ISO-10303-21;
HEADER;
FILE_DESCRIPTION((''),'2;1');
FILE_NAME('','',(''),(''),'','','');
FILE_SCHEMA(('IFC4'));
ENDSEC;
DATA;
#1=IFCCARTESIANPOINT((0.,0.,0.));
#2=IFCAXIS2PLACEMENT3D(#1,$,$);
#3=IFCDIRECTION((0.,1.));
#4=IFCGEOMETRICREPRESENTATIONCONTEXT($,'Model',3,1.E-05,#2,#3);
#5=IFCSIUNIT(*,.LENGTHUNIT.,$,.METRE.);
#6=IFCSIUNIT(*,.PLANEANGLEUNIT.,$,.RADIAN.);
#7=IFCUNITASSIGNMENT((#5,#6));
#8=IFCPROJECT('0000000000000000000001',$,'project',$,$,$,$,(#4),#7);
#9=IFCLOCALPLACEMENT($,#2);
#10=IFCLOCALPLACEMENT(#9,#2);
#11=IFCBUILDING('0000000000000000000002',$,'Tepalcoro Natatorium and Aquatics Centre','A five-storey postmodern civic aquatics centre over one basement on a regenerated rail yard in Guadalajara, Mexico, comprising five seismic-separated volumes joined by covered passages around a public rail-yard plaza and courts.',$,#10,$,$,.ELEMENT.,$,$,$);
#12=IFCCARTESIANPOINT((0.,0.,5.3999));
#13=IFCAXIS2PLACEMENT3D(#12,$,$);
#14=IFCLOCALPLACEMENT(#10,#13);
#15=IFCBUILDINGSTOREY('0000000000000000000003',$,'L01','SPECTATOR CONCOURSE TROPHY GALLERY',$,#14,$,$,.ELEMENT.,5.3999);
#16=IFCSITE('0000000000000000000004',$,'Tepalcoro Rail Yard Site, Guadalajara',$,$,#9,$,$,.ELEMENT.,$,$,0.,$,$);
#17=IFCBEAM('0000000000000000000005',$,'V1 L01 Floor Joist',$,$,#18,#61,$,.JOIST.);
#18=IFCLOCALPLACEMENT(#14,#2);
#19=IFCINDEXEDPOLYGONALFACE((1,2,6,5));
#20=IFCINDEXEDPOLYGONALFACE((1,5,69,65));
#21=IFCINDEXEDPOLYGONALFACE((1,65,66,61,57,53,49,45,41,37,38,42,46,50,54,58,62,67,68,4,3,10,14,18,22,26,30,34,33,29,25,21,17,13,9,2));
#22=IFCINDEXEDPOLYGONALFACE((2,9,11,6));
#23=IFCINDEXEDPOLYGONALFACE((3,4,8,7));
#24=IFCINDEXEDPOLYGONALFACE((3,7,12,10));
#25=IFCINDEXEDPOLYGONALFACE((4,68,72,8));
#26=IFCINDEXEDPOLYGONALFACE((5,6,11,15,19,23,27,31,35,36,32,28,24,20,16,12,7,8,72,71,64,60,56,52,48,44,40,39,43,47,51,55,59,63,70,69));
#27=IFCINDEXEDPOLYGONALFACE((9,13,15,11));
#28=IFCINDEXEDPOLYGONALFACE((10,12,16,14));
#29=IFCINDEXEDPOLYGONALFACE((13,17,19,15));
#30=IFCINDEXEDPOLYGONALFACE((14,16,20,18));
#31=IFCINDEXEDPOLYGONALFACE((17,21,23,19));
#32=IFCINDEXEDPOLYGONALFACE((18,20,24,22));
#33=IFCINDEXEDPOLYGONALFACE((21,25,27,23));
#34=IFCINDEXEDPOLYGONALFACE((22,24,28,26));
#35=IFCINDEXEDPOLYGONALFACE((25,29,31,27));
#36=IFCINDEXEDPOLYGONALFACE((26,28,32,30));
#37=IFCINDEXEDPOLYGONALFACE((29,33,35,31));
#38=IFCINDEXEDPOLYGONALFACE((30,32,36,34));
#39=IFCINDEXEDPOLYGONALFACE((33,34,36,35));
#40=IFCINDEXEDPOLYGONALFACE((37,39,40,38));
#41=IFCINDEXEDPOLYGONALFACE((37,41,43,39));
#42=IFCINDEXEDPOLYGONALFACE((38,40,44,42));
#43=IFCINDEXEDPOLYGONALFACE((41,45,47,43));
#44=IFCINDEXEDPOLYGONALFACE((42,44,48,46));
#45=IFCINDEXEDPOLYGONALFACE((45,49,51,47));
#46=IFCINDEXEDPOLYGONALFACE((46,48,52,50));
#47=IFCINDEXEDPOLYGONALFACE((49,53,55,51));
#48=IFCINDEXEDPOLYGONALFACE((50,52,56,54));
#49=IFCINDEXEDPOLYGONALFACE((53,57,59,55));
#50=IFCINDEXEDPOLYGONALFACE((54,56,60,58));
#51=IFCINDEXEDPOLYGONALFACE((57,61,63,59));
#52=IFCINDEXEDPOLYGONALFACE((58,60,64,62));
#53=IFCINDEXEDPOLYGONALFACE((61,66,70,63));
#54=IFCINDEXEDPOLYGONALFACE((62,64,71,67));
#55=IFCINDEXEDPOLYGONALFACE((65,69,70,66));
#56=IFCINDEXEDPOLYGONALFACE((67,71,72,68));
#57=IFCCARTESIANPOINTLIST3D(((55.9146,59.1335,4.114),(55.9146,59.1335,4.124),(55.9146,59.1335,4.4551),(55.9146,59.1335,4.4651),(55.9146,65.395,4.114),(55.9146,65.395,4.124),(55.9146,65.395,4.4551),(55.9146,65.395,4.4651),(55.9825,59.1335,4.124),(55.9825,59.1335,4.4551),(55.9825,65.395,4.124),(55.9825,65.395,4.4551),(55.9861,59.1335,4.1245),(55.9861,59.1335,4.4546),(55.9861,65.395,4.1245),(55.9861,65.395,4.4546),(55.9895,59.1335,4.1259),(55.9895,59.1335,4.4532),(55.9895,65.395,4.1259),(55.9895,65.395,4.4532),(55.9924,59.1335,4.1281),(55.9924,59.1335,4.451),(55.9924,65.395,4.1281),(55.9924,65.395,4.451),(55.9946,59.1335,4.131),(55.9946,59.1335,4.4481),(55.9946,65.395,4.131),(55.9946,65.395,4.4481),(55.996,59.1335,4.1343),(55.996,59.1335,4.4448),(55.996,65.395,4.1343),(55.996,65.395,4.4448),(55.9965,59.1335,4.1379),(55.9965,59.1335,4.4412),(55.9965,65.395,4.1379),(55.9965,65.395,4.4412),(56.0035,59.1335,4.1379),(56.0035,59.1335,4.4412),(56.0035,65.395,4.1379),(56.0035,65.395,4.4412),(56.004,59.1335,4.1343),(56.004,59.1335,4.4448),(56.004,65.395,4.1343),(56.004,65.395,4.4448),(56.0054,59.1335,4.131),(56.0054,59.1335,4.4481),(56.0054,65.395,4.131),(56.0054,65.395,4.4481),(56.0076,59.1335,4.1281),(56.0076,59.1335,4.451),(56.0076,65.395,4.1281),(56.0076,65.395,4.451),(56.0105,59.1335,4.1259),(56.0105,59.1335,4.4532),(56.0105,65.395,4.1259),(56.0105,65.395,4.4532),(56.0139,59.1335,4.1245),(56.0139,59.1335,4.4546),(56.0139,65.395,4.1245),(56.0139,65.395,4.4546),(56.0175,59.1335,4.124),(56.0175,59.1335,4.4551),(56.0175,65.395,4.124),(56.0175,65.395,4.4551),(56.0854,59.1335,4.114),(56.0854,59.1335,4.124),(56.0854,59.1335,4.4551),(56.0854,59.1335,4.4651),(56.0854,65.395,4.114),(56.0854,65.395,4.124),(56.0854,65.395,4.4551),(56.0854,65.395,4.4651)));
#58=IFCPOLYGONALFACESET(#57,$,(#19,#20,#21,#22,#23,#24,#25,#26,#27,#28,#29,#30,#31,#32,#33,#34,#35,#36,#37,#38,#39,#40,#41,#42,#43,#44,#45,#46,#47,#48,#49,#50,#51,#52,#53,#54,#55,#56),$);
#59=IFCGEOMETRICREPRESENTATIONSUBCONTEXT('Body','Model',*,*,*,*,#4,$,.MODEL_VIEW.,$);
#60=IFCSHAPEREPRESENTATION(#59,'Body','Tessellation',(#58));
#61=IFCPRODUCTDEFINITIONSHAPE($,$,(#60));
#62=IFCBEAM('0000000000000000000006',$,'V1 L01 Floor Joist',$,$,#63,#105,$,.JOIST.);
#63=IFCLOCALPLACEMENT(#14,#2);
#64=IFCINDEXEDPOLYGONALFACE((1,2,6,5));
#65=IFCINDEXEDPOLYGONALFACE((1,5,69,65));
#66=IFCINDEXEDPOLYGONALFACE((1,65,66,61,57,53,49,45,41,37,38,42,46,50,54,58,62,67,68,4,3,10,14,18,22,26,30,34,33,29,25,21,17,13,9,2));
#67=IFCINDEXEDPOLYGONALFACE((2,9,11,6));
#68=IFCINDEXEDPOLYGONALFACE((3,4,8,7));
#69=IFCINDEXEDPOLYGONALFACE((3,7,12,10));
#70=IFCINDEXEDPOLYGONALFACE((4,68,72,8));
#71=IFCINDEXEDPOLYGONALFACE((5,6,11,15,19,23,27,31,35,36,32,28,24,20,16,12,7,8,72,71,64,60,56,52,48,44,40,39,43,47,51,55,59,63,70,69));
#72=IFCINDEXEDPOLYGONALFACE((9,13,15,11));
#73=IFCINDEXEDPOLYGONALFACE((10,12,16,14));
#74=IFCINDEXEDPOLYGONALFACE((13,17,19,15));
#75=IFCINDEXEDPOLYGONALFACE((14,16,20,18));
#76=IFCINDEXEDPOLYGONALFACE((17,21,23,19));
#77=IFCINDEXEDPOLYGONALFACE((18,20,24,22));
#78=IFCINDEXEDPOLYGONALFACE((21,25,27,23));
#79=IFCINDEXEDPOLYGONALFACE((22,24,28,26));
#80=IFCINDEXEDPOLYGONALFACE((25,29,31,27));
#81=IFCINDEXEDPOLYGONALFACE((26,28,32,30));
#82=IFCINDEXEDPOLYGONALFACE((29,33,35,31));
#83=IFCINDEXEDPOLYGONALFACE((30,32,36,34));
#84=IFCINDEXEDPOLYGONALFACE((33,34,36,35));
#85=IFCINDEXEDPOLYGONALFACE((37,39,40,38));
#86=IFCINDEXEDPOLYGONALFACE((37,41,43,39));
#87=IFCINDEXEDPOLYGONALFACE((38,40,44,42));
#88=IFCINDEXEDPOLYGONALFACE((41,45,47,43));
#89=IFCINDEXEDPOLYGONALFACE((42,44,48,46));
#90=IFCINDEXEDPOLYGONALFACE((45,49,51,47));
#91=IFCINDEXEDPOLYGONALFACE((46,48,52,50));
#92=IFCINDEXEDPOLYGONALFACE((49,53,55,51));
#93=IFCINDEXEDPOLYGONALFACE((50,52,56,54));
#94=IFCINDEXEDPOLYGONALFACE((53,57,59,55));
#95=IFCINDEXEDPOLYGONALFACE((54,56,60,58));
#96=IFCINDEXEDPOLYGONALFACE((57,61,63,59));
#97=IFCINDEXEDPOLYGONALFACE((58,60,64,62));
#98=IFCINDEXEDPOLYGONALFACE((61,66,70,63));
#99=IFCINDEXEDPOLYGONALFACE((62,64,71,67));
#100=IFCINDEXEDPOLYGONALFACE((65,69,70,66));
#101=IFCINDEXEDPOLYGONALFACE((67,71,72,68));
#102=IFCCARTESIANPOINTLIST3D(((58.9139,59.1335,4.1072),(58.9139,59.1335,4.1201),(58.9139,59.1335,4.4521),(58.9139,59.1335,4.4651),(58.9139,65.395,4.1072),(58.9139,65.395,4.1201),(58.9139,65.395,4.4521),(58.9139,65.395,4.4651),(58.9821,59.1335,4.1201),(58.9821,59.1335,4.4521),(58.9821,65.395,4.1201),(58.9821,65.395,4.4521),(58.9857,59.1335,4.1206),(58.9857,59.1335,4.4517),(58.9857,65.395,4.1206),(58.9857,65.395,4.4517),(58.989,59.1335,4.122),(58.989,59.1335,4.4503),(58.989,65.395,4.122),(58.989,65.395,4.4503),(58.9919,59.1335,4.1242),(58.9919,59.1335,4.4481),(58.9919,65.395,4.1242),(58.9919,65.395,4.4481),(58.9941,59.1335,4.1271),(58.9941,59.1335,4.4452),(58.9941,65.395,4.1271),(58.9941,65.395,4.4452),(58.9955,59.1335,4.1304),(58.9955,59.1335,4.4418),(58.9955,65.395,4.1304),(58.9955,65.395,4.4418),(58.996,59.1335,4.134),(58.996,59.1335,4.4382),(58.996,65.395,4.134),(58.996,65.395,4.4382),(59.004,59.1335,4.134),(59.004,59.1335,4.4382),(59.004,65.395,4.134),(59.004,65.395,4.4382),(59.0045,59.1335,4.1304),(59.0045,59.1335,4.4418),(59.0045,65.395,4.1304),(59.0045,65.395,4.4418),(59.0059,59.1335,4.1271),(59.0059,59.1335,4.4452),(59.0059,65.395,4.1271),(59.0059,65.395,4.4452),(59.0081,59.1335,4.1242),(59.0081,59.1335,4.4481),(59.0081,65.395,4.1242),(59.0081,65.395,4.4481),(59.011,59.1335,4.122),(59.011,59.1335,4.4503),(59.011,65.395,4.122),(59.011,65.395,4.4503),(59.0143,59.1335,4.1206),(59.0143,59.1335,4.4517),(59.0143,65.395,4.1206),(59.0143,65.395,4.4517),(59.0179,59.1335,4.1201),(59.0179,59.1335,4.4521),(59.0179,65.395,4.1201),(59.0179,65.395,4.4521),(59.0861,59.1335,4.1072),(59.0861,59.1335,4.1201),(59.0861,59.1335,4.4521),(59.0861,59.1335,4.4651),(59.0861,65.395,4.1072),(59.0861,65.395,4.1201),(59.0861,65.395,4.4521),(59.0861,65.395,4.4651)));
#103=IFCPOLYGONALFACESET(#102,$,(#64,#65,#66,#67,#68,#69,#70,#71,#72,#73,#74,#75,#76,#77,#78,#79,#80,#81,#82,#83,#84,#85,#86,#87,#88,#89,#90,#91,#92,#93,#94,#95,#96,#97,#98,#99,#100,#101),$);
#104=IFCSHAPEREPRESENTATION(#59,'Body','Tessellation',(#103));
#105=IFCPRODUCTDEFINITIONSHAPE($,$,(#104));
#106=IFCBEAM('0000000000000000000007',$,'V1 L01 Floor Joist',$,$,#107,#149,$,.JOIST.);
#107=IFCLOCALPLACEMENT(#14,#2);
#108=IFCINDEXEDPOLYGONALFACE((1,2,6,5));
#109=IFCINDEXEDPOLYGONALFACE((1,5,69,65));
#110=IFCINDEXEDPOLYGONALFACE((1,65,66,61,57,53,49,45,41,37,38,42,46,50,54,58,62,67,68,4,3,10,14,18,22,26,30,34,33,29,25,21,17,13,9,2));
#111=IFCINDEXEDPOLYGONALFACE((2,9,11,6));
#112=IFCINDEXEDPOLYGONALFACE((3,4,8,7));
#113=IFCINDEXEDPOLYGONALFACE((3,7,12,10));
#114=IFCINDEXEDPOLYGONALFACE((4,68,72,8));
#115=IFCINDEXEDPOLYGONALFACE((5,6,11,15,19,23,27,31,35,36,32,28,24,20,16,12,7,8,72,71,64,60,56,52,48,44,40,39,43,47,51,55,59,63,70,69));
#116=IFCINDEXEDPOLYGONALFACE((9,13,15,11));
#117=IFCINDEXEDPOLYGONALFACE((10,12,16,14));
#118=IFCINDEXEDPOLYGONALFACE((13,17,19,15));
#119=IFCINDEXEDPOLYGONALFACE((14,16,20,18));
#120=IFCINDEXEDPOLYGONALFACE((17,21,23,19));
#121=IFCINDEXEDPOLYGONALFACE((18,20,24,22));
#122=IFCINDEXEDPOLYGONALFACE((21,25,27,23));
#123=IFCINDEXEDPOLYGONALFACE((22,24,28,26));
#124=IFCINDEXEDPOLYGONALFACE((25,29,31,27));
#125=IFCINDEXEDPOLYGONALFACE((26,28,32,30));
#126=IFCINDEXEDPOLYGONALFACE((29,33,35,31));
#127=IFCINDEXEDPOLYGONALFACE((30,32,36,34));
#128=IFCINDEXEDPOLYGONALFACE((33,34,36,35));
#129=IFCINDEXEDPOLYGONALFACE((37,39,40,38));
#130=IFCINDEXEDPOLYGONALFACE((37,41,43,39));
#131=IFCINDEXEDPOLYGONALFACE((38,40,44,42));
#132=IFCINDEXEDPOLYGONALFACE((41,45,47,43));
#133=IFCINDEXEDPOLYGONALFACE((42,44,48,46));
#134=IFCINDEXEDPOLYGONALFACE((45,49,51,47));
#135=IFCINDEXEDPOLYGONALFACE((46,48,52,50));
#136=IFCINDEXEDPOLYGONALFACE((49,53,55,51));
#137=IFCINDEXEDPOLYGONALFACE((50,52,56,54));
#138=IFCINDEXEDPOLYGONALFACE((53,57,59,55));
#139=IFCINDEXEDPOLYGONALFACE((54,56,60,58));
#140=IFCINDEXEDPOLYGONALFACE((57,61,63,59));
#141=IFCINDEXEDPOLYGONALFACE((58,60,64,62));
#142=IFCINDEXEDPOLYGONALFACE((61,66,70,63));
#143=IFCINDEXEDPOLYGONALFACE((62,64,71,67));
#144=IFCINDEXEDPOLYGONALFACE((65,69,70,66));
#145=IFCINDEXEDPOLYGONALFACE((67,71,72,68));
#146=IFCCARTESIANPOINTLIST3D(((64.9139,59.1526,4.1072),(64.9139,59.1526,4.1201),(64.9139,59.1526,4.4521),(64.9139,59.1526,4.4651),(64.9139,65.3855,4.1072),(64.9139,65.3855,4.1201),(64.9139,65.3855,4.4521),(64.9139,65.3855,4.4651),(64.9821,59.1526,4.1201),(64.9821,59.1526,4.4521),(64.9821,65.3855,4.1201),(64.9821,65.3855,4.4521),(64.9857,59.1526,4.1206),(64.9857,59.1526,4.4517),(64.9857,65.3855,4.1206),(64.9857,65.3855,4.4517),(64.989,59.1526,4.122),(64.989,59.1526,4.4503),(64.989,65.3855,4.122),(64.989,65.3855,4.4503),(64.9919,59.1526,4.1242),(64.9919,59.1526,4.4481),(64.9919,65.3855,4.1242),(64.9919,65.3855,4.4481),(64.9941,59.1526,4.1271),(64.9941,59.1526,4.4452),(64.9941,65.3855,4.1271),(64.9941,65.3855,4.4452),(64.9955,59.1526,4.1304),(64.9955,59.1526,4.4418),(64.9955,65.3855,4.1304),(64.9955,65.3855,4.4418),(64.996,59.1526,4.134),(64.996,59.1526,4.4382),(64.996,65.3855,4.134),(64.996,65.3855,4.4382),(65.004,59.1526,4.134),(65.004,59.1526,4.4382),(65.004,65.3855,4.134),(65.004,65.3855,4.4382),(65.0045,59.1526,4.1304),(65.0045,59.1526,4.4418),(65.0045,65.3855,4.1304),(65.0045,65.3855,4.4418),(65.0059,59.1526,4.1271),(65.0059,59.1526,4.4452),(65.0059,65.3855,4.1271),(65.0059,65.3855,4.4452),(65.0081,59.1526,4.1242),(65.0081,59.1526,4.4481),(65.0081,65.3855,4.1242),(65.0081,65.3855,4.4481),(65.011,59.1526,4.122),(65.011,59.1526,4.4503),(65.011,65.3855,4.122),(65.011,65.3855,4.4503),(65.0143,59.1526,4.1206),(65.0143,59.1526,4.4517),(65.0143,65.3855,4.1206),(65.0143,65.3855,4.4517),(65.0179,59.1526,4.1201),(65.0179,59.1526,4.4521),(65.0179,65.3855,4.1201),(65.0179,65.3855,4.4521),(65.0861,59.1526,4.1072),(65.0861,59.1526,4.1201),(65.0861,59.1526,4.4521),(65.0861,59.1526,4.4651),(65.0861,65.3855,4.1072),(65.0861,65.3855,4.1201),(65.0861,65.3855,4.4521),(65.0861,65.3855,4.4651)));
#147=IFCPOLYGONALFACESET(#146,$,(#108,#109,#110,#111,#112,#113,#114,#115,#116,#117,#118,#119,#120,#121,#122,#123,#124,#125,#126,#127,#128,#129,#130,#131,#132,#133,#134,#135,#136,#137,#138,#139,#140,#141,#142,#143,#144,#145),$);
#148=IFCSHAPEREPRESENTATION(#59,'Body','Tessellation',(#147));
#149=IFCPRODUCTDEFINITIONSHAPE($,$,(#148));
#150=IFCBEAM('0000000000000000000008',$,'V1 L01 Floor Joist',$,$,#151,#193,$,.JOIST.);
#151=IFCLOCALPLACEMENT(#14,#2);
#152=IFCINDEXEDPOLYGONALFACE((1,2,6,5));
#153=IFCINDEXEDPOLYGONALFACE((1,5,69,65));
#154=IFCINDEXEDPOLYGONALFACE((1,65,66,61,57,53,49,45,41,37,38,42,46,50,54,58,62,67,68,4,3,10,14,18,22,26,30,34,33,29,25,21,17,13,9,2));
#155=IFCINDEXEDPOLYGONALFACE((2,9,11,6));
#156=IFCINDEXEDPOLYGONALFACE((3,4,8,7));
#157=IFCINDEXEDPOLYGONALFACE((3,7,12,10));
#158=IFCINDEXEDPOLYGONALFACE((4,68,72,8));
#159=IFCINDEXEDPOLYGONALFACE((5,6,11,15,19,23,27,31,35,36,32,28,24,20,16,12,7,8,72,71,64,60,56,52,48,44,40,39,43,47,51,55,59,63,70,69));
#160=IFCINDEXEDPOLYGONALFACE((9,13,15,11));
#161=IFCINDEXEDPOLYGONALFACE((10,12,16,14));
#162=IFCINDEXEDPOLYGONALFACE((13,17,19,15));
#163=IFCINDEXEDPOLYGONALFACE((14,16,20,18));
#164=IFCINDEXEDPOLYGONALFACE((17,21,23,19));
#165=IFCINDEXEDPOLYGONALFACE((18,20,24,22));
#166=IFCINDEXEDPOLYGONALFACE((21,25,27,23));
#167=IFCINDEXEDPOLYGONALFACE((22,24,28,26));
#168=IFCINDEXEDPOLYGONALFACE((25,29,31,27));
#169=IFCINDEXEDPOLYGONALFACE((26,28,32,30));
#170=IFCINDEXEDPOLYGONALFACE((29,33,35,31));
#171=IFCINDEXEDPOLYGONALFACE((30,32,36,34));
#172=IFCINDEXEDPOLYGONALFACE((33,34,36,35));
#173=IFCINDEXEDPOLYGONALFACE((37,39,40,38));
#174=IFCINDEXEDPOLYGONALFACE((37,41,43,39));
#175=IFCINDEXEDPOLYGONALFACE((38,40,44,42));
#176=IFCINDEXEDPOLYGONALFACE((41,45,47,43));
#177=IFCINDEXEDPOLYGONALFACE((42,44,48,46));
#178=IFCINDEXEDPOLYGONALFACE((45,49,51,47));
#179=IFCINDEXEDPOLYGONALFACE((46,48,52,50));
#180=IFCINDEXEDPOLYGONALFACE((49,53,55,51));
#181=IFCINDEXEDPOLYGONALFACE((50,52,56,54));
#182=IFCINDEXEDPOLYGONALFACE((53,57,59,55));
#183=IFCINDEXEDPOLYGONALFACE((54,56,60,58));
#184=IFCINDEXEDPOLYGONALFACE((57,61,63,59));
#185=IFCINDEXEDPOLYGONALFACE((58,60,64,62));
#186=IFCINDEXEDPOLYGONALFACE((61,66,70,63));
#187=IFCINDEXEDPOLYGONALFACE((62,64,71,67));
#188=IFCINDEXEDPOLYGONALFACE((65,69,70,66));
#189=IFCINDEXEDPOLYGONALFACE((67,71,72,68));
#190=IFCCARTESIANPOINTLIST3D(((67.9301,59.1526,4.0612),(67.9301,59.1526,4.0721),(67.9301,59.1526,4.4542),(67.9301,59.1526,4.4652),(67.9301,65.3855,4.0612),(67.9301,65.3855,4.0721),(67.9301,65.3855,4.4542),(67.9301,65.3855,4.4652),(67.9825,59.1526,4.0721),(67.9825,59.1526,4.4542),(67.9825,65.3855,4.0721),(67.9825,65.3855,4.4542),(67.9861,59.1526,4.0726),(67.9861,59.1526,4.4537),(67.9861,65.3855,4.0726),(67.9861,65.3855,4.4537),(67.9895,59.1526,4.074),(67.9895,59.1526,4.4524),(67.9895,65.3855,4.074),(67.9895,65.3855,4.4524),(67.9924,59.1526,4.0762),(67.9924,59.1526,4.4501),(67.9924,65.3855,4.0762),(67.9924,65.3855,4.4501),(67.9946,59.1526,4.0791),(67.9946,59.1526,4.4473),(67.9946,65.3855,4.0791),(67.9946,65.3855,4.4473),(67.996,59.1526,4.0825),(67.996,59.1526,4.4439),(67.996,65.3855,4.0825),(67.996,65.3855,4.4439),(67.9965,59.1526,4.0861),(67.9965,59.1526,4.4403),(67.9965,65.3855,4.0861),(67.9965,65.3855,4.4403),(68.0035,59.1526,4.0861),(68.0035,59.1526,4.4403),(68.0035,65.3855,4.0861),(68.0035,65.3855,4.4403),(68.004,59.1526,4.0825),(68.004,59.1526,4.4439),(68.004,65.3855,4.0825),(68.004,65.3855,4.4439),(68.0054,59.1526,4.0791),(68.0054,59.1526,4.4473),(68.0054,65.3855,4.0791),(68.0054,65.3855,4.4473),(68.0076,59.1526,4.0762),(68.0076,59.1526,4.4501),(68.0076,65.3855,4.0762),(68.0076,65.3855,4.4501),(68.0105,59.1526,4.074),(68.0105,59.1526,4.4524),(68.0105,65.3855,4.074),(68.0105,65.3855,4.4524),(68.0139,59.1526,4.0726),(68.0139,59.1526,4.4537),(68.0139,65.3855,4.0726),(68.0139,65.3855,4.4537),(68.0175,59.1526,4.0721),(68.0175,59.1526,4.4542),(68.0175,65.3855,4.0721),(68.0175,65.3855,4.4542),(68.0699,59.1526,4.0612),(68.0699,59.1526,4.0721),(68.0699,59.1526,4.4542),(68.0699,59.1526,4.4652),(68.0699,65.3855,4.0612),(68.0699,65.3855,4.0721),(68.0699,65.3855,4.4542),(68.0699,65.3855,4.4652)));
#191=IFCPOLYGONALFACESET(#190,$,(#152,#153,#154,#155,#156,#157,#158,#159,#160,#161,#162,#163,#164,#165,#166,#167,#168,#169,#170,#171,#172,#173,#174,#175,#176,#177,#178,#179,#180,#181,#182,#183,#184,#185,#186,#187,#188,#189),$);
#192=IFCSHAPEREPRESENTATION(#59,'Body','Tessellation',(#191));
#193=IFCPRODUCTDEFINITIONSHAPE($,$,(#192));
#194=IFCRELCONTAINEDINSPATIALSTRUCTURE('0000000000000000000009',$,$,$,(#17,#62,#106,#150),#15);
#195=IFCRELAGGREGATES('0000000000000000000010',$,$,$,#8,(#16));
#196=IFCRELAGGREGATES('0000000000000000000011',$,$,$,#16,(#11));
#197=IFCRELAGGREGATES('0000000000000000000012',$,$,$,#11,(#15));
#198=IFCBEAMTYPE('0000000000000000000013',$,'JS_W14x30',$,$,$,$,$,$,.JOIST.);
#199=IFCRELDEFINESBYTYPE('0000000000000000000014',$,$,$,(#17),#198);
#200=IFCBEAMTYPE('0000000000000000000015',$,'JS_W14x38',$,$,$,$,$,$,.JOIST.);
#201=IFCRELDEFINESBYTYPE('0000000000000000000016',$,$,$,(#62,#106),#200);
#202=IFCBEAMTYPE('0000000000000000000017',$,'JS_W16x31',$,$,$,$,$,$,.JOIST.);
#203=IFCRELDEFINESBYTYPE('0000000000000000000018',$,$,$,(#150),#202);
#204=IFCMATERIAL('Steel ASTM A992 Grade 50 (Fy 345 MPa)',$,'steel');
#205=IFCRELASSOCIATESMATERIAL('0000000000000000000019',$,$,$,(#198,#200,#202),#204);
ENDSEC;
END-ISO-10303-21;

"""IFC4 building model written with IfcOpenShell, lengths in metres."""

from ifc_helpers import new_model, si_unit, direction, frame, origin, origin_2d, place, context, subcontext, project, spatial, i_section, extrude, material, material_profile, profile_set, type_object, element, save


model = new_model("IFC4")

# Units and contexts
model_context = context("Model", 3, precision=1e-05, world=origin(), true_north=direction((0.0, 1.0)))
body_context = subcontext(model_context, "Body", "Model", "MODEL_VIEW")
ifc_project = project(units=[si_unit("LENGTHUNIT", "METRE"), si_unit("PLANEANGLEUNIT", "RADIAN")], contexts=[model_context])

# Site, building, storey
site_placement = place(None, origin())
site = spatial("IfcSite", under=ifc_project, at=site_placement, Name="Tepalcoro Rail Yard Site, Guadalajara", CompositionType="ELEMENT", RefElevation=0.0)
building_placement = place(site_placement, origin())
building = spatial("IfcBuilding", under=site, at=building_placement, Name="Tepalcoro Natatorium and Aquatics Centre", Description="A five-storey postmodern civic aquatics centre over one basement on a regenerated rail yard in Guadalajara, Mexico, comprising five seismic-separated volumes joined by covered passages around a public rail-yard plaza and courts.", CompositionType="ELEMENT")
storey_placement = place(building_placement, frame((0.0, 0.0, 5.3999)))
storey = spatial("IfcBuildingStorey", under=building, at=storey_placement, Name="L01", Description="SPECTATOR CONCOURSE TROPHY GALLERY", CompositionType="ELEMENT", Elevation=5.3999)

# Beams
ifc_material_1 = material(Name="Steel ASTM A992 Grade 50 (Fy 345 MPa)", Category="steel")
ifc_material_profile_1 = material_profile(ifc_material_1, i_section(OverallWidth=0.1709, OverallDepth=0.3511, WebThickness=0.0071, FlangeThickness=0.01, FilletRadius=0.0139, at=origin_2d()), Name="W14X30")
ifc_profile_set_1 = profile_set([ifc_material_profile_1], Name="Steel ASTM A992 Grade 50 (Fy 345 MPa)")
beam_type_1 = type_object("IfcBeamType", Name="JS_W14x30", PredefinedType="JOIST", material=ifc_profile_set_1)
beam_1_placement = place(storey_placement, frame((56.0, 59.1335, 4.2896), z_axis=(0.0, 1.0, 0.0), x_axis=(-1.0, 0.0, 0.0)))
element("IfcBeam", 1, at=beam_1_placement, inside=storey, type_object=beam_type_1, Name="V1 L01 Floor Joist", PredefinedType="JOIST", context=body_context, shape_type="SweptSolid", body=[
    extrude(i_section(OverallWidth=0.1709, OverallDepth=0.3511, WebThickness=0.0071, FlangeThickness=0.01, FilletRadius=0.0139, at=origin_2d()), origin(), (0.0, 0.0, 1.0), 6.2615),
])
ifc_material_profile_2 = material_profile(ifc_material_1, i_section(OverallWidth=0.1721, OverallDepth=0.3579, WebThickness=0.0081, FlangeThickness=0.0129, FilletRadius=0.0139, at=origin_2d()), Name="W14X38")
ifc_profile_set_2 = profile_set([ifc_material_profile_2], Name="Steel ASTM A992 Grade 50 (Fy 345 MPa)")
beam_type_2 = type_object("IfcBeamType", Name="JS_W14x38", PredefinedType="JOIST", material=ifc_profile_set_2)
beam_2_placement = place(storey_placement, frame((59.0, 59.1335, 4.2861), z_axis=(0.0, 1.0, 0.0), x_axis=(-1.0, 0.0, 0.0)))
element("IfcBeam", 2, at=beam_2_placement, inside=storey, type_object=beam_type_2, Name="V1 L01 Floor Joist", PredefinedType="JOIST", context=body_context, shape_type="SweptSolid", body=[
    extrude(i_section(OverallWidth=0.1721, OverallDepth=0.3579, WebThickness=0.0081, FlangeThickness=0.0129, FilletRadius=0.0139, at=origin_2d()), origin(), (0.0, 0.0, 1.0), 6.2615),
])
beam_3_placement = place(storey_placement, frame((65.0, 59.1526, 4.2861), z_axis=(0.0, 1.0, 0.0), x_axis=(-1.0, 0.0, 0.0)))
element("IfcBeam", 3, at=beam_3_placement, inside=storey, type_object=beam_type_2, Name="V1 L01 Floor Joist", PredefinedType="JOIST", context=body_context, shape_type="SweptSolid", body=[
    extrude(i_section(OverallWidth=0.1721, OverallDepth=0.3579, WebThickness=0.0081, FlangeThickness=0.0129, FilletRadius=0.0139, at=origin_2d()), origin(), (0.0, 0.0, 1.0), 6.2329),
])
ifc_material_profile_3 = material_profile(ifc_material_1, i_section(OverallWidth=0.1399, OverallDepth=0.4041, WebThickness=0.0071, FlangeThickness=0.011, FilletRadius=0.0139, at=origin_2d()), Name="W16X31")
ifc_profile_set_3 = profile_set([ifc_material_profile_3], Name="Steel ASTM A992 Grade 50 (Fy 345 MPa)")
beam_type_3 = type_object("IfcBeamType", Name="JS_W16x31", PredefinedType="JOIST", material=ifc_profile_set_3)
beam_4_placement = place(storey_placement, frame((68.0, 59.1526, 4.2632), z_axis=(0.0, 1.0, 0.0), x_axis=(-1.0, 0.0, 0.0)))
element("IfcBeam", 4, at=beam_4_placement, inside=storey, type_object=beam_type_3, Name="V1 L01 Floor Joist", PredefinedType="JOIST", context=body_context, shape_type="SweptSolid", body=[
    extrude(i_section(OverallWidth=0.1399, OverallDepth=0.4041, WebThickness=0.0071, FlangeThickness=0.011, FilletRadius=0.0139, at=origin_2d()), origin(), (0.0, 0.0, 1.0), 6.2329),
])

save(model, "model.ifc")
